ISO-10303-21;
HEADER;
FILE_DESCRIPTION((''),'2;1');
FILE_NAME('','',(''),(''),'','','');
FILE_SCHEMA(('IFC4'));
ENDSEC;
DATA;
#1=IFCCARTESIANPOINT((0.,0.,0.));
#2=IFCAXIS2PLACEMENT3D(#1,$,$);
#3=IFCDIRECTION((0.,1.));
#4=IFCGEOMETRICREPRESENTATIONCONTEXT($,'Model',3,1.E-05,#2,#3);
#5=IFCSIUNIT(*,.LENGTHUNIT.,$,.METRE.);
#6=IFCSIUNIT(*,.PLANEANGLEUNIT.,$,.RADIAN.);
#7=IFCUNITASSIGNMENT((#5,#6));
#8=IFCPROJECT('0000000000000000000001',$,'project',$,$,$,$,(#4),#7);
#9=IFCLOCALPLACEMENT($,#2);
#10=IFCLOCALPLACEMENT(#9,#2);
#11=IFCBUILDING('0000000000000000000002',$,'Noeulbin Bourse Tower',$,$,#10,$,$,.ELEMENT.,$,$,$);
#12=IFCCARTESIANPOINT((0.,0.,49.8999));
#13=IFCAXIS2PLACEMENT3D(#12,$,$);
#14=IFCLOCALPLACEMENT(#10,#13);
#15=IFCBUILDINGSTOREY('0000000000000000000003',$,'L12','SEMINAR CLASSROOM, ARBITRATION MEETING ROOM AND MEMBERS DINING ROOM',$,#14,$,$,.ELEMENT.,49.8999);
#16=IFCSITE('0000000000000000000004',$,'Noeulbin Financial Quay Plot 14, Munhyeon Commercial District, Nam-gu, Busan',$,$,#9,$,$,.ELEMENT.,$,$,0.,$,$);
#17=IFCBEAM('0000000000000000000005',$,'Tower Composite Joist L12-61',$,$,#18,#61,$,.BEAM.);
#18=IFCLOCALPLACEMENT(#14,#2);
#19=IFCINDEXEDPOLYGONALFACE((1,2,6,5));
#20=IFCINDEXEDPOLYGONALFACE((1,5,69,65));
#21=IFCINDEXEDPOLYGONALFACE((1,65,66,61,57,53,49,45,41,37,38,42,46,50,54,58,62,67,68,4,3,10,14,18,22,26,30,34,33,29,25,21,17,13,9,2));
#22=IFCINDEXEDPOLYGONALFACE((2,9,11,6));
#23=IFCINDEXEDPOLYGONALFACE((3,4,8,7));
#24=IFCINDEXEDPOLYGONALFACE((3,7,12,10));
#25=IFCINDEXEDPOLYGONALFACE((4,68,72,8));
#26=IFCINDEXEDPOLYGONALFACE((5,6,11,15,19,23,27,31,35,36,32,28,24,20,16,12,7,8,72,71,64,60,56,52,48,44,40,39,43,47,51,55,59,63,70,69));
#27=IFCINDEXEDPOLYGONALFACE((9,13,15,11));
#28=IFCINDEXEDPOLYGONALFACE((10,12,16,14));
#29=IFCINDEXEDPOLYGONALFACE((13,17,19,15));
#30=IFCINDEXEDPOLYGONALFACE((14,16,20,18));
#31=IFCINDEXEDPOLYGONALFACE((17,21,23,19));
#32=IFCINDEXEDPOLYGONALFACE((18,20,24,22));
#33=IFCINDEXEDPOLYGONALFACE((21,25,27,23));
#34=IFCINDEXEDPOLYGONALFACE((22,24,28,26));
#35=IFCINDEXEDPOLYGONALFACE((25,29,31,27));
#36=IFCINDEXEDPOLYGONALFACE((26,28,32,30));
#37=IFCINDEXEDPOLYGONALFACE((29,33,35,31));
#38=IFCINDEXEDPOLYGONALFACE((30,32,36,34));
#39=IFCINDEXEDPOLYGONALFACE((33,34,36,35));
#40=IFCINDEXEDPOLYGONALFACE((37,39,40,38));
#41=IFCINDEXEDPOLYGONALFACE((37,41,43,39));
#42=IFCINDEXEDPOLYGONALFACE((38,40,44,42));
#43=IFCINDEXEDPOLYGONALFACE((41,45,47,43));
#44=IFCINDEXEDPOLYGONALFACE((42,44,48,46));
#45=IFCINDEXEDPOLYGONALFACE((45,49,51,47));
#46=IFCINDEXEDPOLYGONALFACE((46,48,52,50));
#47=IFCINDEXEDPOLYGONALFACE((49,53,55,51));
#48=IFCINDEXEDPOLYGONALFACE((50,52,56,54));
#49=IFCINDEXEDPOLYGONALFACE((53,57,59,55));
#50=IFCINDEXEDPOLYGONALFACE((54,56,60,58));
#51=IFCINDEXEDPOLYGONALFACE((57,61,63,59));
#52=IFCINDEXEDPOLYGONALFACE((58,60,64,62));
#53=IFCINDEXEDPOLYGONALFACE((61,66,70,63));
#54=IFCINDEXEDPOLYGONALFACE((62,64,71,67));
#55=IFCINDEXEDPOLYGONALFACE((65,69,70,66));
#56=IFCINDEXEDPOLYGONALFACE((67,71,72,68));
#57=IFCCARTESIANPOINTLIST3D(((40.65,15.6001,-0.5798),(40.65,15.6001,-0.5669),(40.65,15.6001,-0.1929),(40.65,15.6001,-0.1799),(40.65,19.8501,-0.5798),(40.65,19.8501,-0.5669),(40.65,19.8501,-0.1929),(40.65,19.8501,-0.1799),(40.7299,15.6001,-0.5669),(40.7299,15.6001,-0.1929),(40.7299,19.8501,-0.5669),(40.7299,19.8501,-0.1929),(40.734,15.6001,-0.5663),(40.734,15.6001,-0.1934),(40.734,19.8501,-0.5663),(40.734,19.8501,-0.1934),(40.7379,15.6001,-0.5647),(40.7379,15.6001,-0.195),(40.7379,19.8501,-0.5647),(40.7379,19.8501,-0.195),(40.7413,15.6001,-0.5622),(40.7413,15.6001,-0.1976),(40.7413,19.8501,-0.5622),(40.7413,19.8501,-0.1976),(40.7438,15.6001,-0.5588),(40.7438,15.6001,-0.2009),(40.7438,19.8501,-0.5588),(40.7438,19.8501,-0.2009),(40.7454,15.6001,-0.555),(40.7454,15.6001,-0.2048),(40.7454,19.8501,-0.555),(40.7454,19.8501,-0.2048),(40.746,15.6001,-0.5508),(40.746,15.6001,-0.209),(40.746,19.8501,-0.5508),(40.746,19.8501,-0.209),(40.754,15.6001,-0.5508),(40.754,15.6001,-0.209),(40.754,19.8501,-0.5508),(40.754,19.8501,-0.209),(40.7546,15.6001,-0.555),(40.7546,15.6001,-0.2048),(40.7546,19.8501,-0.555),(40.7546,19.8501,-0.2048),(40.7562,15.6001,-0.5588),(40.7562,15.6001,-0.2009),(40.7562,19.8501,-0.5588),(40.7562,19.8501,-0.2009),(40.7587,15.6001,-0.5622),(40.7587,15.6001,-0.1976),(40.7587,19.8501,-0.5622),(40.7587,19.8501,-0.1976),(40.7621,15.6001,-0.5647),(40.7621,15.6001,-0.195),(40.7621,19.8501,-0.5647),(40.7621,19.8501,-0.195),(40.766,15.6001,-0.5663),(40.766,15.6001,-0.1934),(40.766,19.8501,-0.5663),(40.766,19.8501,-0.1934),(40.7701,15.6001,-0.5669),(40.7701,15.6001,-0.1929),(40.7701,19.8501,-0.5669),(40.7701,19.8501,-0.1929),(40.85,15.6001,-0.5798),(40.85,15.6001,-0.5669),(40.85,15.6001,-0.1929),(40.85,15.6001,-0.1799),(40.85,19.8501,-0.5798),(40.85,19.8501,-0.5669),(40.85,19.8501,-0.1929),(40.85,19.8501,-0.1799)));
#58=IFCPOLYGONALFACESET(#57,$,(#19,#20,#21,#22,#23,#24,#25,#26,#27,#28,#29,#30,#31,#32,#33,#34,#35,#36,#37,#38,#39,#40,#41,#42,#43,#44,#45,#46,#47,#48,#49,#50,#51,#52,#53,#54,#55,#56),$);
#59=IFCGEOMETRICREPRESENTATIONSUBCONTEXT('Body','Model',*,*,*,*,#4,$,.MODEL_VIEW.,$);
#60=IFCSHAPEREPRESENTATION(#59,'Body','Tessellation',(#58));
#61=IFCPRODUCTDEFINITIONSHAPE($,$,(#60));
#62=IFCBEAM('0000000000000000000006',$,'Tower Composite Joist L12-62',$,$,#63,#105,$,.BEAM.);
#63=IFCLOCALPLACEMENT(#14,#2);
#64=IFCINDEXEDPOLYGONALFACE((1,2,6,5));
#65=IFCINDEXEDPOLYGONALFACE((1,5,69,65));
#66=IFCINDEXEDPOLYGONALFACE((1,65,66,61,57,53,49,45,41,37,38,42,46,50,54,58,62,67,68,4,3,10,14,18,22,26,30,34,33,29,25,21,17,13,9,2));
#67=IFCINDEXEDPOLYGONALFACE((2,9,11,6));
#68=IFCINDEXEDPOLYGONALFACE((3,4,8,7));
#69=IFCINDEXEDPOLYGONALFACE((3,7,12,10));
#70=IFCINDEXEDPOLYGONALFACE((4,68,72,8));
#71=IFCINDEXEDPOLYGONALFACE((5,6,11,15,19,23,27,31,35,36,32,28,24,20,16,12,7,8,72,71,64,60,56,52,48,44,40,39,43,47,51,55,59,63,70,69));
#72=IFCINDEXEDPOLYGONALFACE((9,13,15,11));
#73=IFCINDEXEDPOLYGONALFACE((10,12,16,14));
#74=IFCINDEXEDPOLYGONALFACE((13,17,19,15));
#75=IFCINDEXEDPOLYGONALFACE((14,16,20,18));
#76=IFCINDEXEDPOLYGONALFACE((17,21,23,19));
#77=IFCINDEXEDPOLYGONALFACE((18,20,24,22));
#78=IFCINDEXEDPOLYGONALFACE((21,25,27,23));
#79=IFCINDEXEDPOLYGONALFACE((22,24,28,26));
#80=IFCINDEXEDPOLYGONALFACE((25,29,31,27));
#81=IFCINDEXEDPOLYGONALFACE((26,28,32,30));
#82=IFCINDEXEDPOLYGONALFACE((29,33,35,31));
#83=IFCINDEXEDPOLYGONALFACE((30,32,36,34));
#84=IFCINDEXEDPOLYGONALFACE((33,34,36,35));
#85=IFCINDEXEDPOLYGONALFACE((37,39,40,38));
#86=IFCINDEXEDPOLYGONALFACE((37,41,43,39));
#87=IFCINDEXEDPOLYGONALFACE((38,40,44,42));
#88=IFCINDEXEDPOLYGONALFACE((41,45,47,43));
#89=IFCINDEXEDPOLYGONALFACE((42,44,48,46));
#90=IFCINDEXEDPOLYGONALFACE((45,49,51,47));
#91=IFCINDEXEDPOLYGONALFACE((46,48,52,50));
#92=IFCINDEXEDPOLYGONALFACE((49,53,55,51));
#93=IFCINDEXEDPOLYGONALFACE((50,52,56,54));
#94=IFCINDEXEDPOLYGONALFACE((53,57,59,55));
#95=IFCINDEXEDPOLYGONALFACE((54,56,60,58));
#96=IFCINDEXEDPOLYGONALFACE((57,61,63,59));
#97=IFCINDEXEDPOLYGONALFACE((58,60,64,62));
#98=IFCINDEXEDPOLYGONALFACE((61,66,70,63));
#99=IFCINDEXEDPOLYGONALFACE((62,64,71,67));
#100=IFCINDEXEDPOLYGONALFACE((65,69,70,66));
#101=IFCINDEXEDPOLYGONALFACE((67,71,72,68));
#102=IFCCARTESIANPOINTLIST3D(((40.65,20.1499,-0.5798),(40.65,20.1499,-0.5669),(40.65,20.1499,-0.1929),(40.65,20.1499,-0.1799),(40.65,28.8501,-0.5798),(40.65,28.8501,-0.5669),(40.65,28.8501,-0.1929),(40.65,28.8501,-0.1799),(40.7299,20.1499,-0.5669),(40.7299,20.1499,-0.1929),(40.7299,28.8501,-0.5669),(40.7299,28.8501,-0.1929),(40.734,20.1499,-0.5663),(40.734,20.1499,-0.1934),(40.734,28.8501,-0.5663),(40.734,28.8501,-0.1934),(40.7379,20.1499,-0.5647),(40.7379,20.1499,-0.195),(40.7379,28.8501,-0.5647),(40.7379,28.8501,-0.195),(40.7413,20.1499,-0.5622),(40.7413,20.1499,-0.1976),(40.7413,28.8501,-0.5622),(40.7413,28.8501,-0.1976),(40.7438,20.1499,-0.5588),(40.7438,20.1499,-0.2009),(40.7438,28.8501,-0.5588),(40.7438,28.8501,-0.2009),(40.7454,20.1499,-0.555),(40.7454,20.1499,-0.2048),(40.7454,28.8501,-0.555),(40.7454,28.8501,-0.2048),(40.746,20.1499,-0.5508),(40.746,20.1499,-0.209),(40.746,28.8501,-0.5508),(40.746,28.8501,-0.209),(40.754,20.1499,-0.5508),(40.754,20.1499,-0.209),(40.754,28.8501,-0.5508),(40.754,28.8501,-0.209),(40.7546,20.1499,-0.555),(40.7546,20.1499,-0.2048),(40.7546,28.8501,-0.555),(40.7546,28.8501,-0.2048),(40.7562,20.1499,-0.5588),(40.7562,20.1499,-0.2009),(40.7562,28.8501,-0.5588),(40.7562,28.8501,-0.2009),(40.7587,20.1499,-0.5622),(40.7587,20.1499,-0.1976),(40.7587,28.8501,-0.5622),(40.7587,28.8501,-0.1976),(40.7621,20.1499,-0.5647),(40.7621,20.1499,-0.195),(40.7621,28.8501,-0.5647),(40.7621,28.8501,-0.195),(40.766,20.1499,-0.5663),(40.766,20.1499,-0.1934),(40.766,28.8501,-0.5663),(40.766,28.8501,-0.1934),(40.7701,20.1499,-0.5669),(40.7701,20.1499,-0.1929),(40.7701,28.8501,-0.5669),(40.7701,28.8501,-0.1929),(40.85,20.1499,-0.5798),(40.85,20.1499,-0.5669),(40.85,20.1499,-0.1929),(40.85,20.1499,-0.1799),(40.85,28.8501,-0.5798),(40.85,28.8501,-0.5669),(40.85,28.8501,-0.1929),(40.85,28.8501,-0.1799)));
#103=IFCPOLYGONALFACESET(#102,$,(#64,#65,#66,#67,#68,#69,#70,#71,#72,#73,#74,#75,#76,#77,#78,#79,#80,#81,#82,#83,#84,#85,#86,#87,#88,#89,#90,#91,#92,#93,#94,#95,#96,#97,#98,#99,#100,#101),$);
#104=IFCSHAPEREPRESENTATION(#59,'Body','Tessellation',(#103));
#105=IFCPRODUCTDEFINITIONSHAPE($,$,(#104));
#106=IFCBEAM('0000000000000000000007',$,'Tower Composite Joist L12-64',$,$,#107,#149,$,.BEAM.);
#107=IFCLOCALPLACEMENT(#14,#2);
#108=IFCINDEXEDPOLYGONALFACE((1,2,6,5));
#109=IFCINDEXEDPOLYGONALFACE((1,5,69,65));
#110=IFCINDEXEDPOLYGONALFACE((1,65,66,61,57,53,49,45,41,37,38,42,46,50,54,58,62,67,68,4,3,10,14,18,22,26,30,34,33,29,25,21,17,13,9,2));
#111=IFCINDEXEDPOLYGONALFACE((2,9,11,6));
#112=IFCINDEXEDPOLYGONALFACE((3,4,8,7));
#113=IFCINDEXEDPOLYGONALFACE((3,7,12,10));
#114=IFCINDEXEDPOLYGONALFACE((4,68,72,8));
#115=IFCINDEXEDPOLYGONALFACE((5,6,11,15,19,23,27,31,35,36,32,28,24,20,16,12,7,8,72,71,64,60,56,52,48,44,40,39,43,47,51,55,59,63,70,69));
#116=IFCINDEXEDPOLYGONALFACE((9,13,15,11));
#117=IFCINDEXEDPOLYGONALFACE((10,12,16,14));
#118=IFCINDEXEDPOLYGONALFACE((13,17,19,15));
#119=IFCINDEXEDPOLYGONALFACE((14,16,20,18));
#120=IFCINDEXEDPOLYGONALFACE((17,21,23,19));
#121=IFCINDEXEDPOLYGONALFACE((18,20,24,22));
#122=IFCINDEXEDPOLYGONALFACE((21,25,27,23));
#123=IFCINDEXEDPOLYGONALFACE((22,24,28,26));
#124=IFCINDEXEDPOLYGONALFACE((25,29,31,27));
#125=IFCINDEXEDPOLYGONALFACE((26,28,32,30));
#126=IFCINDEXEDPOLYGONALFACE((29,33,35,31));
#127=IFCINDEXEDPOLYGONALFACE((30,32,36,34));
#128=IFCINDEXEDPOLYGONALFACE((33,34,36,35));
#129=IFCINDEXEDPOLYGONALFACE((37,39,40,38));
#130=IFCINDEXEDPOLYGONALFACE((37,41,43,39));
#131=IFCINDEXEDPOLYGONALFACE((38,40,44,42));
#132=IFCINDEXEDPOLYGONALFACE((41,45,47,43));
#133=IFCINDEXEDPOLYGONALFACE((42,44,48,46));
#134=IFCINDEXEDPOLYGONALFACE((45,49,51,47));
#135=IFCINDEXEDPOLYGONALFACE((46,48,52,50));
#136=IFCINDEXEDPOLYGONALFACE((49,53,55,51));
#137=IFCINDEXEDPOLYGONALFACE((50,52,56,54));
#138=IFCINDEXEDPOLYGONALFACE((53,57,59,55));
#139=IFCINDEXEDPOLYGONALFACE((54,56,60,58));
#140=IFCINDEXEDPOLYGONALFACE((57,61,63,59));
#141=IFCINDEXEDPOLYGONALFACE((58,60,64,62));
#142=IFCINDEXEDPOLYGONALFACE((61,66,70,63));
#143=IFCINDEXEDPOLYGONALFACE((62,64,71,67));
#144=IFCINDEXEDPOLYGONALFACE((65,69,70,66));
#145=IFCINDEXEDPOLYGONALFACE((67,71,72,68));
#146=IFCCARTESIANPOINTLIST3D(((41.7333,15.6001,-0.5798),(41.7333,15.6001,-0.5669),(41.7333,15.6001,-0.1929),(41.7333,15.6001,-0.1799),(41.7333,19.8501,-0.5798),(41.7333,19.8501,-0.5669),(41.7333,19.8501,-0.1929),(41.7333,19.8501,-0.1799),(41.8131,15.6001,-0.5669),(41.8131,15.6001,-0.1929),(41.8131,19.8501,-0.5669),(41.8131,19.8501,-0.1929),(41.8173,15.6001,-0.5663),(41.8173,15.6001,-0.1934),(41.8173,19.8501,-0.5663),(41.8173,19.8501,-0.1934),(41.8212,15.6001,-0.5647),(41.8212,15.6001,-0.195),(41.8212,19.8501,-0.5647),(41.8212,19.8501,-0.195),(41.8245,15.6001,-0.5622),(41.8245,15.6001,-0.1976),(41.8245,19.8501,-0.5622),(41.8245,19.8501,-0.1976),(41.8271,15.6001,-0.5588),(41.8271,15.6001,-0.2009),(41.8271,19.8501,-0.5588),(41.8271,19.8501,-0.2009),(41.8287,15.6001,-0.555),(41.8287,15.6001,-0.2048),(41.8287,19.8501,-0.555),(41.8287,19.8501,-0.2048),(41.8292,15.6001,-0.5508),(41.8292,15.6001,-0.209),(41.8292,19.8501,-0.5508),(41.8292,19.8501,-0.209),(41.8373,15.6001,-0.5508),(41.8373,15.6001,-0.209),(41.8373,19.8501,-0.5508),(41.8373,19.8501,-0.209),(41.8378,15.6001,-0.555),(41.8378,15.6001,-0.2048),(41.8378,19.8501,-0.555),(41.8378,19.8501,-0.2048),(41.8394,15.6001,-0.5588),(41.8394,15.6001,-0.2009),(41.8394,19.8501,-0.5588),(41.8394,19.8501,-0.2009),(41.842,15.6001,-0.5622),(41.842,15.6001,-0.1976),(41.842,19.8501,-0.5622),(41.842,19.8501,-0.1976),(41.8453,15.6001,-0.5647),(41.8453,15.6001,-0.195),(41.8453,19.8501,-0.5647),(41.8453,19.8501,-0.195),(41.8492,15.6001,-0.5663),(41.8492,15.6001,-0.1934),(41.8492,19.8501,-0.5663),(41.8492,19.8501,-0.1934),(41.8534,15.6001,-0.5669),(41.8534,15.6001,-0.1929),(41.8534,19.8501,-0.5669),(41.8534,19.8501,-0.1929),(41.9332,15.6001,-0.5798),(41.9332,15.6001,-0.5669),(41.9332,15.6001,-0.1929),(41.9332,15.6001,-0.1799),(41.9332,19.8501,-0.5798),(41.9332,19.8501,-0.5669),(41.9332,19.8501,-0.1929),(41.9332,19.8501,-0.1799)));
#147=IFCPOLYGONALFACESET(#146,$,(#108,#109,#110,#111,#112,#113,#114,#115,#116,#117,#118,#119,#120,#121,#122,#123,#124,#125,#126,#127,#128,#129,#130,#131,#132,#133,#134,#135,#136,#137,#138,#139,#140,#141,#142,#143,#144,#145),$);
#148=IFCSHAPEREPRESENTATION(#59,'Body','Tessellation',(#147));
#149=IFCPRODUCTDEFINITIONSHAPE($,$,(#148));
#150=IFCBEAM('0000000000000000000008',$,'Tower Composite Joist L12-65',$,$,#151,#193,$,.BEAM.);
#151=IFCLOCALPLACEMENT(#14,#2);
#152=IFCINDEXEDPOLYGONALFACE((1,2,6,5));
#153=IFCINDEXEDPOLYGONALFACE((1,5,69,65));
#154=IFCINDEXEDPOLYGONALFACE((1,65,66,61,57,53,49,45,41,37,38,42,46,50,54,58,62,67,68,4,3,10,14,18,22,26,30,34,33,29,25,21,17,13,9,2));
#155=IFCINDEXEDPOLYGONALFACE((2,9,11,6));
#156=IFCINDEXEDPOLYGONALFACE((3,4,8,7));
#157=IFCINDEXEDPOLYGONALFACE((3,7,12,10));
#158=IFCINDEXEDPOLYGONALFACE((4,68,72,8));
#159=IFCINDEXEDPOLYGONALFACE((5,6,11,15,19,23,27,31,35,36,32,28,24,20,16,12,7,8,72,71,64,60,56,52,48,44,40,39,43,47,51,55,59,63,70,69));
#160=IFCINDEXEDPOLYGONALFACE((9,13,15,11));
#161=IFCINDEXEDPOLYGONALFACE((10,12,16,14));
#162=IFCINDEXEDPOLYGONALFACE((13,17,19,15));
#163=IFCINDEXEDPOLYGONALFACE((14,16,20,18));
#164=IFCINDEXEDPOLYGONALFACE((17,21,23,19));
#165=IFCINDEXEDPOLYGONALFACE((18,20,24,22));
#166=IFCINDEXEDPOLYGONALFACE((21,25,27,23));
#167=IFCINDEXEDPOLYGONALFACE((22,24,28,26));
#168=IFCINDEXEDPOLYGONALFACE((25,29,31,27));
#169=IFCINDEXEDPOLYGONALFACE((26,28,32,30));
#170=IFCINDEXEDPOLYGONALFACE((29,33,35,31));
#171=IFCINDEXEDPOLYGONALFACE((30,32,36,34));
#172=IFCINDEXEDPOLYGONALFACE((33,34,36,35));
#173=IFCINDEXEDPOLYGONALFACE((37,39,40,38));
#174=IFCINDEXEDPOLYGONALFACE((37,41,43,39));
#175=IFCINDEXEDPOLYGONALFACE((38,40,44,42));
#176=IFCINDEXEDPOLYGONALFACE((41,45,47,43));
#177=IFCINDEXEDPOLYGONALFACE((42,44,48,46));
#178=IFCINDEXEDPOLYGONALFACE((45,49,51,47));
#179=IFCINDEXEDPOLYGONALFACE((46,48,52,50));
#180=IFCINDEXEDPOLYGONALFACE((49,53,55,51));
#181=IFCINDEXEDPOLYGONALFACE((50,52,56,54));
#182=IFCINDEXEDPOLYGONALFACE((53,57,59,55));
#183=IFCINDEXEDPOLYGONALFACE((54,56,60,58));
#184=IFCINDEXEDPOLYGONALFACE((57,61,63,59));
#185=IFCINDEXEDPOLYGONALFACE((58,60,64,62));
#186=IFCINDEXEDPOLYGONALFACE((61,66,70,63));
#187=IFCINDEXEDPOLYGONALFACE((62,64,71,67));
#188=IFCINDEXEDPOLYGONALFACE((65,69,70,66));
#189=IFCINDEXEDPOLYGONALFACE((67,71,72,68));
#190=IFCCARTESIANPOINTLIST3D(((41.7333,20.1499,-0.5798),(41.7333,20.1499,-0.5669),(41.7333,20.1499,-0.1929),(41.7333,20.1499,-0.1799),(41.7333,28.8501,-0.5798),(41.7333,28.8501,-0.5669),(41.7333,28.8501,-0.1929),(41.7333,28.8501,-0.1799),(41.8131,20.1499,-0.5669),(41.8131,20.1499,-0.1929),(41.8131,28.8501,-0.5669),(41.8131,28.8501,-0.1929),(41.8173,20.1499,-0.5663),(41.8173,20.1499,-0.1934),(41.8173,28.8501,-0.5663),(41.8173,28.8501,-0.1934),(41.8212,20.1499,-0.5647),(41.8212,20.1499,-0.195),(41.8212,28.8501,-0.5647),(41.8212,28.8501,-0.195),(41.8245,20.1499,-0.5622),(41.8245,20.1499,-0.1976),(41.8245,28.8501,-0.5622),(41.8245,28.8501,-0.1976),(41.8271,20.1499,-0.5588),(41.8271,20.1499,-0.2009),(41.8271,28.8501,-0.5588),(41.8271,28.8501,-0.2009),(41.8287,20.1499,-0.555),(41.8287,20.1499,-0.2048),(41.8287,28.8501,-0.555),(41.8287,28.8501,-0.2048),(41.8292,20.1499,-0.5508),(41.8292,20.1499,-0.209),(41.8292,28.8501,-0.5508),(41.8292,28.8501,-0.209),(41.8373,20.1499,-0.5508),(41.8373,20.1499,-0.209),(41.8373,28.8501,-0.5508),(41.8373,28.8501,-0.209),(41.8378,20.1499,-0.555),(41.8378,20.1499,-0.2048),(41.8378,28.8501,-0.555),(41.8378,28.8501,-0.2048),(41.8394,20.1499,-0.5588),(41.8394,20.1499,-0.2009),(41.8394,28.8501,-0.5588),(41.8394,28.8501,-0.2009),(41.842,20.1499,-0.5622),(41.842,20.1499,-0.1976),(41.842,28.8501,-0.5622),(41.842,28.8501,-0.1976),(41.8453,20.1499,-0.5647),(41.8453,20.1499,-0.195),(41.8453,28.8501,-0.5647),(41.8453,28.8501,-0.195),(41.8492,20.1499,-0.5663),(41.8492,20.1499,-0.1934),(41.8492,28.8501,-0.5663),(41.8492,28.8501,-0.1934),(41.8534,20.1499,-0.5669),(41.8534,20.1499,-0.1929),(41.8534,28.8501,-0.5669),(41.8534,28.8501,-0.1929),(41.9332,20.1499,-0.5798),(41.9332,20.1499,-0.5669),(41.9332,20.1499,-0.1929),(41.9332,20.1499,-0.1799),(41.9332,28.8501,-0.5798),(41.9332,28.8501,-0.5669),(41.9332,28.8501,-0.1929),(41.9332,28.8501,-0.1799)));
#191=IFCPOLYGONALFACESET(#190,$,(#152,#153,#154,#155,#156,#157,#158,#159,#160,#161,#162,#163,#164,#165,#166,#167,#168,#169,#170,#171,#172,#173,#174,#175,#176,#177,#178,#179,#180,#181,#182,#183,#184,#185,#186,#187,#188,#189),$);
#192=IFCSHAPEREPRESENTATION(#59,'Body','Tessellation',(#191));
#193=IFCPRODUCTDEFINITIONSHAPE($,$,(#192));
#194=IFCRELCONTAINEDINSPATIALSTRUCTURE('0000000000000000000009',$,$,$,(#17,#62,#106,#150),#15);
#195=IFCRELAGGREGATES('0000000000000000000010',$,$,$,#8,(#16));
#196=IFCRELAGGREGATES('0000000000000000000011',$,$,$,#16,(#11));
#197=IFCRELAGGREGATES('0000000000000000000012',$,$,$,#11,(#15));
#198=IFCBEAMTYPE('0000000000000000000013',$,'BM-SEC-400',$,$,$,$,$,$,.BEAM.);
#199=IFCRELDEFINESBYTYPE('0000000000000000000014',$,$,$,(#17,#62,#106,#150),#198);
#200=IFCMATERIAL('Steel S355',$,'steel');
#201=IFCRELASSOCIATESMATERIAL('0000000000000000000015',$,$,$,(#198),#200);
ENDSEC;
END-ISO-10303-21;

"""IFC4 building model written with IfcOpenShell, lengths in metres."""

from ifc_helpers import new_model, si_unit, direction, frame, origin, origin_2d, place, context, subcontext, project, spatial, i_section, extrude, material, material_profile, profile_set, type_object, element, save


model = new_model("IFC4")

# Units and contexts
model_context = context("Model", 3, precision=1e-05, world=origin(), true_north=direction((0.0, 1.0)))
body_context = subcontext(model_context, "Body", "Model", "MODEL_VIEW")
ifc_project = project(units=[si_unit("LENGTHUNIT", "METRE"), si_unit("PLANEANGLEUNIT", "RADIAN")], contexts=[model_context])

# Site, building, storey
site_placement = place(None, origin())
site = spatial("IfcSite", under=ifc_project, at=site_placement, Name="Noeulbin Financial Quay Plot 14, Munhyeon Commercial District, Nam-gu, Busan", CompositionType="ELEMENT", RefElevation=0.0)
building_placement = place(site_placement, origin())
building = spatial("IfcBuilding", under=site, at=building_placement, Name="Noeulbin Bourse Tower", CompositionType="ELEMENT")
storey_placement = place(building_placement, frame((0.0, 0.0, 49.8999)))
storey = spatial("IfcBuildingStorey", under=building, at=storey_placement, Name="L12", Description="SEMINAR CLASSROOM, ARBITRATION MEETING ROOM AND MEMBERS DINING ROOM", CompositionType="ELEMENT", Elevation=49.8999)

# Beams
ifc_material_1 = material(Name="Steel S355", Category="steel")
ifc_material_profile_1 = material_profile(ifc_material_1, i_section(OverallWidth=0.2, OverallDepth=0.3999, WebThickness=0.0081, FlangeThickness=0.0129, FilletRadius=0.0161, at=origin_2d()), Name="H-400x200x8x13", Category="LoadBearing")
ifc_profile_set_1 = profile_set([ifc_material_profile_1], Name="Steel S355")
beam_type_1 = type_object("IfcBeamType", Name="BM-SEC-400", PredefinedType="BEAM", material=ifc_profile_set_1)
beam_1_placement = place(storey_placement, frame((40.75, 15.6001, -0.3799), z_axis=(0.0, 1.0, 0.0), x_axis=(-1.0, 0.0, 0.0)))
element("IfcBeam", 1, at=beam_1_placement, inside=storey, type_object=beam_type_1, Name="Tower Composite Joist L12-61", PredefinedType="BEAM", context=body_context, shape_type="SweptSolid", body=[
    extrude(i_section(OverallWidth=0.2, OverallDepth=0.3999, WebThickness=0.0081, FlangeThickness=0.0129, FilletRadius=0.0161, at=origin_2d()), origin(), (0.0, 0.0, 1.0), 4.25),
])
beam_2_placement = place(storey_placement, frame((40.75, 20.1499, -0.3799), z_axis=(0.0, 1.0, 0.0), x_axis=(-1.0, 0.0, 0.0)))
element("IfcBeam", 2, at=beam_2_placement, inside=storey, type_object=beam_type_1, Name="Tower Composite Joist L12-62", PredefinedType="BEAM", context=body_context, shape_type="SweptSolid", body=[
    extrude(i_section(OverallWidth=0.2, OverallDepth=0.3999, WebThickness=0.0081, FlangeThickness=0.0129, FilletRadius=0.0161, at=origin_2d()), origin(), (0.0, 0.0, 1.0), 8.7002),
])
beam_3_placement = place(storey_placement, frame((41.8333, 15.6001, -0.3799), z_axis=(0.0, 1.0, 0.0), x_axis=(-1.0, 0.0, 0.0)))
element("IfcBeam", 3, at=beam_3_placement, inside=storey, type_object=beam_type_1, Name="Tower Composite Joist L12-64", PredefinedType="BEAM", context=body_context, shape_type="SweptSolid", body=[
    extrude(i_section(OverallWidth=0.2, OverallDepth=0.3999, WebThickness=0.0081, FlangeThickness=0.0129, FilletRadius=0.0161, at=origin_2d()), origin(), (0.0, 0.0, 1.0), 4.25),
])
beam_4_placement = place(storey_placement, frame((41.8333, 20.1499, -0.3799), z_axis=(0.0, 1.0, 0.0), x_axis=(-1.0, 0.0, 0.0)))
element("IfcBeam", 4, at=beam_4_placement, inside=storey, type_object=beam_type_1, Name="Tower Composite Joist L12-65", PredefinedType="BEAM", context=body_context, shape_type="SweptSolid", body=[
    extrude(i_section(OverallWidth=0.2, OverallDepth=0.3999, WebThickness=0.0081, FlangeThickness=0.0129, FilletRadius=0.0161, at=origin_2d()), origin(), (0.0, 0.0, 1.0), 8.7002),
])

save(model, "model.ifc")
